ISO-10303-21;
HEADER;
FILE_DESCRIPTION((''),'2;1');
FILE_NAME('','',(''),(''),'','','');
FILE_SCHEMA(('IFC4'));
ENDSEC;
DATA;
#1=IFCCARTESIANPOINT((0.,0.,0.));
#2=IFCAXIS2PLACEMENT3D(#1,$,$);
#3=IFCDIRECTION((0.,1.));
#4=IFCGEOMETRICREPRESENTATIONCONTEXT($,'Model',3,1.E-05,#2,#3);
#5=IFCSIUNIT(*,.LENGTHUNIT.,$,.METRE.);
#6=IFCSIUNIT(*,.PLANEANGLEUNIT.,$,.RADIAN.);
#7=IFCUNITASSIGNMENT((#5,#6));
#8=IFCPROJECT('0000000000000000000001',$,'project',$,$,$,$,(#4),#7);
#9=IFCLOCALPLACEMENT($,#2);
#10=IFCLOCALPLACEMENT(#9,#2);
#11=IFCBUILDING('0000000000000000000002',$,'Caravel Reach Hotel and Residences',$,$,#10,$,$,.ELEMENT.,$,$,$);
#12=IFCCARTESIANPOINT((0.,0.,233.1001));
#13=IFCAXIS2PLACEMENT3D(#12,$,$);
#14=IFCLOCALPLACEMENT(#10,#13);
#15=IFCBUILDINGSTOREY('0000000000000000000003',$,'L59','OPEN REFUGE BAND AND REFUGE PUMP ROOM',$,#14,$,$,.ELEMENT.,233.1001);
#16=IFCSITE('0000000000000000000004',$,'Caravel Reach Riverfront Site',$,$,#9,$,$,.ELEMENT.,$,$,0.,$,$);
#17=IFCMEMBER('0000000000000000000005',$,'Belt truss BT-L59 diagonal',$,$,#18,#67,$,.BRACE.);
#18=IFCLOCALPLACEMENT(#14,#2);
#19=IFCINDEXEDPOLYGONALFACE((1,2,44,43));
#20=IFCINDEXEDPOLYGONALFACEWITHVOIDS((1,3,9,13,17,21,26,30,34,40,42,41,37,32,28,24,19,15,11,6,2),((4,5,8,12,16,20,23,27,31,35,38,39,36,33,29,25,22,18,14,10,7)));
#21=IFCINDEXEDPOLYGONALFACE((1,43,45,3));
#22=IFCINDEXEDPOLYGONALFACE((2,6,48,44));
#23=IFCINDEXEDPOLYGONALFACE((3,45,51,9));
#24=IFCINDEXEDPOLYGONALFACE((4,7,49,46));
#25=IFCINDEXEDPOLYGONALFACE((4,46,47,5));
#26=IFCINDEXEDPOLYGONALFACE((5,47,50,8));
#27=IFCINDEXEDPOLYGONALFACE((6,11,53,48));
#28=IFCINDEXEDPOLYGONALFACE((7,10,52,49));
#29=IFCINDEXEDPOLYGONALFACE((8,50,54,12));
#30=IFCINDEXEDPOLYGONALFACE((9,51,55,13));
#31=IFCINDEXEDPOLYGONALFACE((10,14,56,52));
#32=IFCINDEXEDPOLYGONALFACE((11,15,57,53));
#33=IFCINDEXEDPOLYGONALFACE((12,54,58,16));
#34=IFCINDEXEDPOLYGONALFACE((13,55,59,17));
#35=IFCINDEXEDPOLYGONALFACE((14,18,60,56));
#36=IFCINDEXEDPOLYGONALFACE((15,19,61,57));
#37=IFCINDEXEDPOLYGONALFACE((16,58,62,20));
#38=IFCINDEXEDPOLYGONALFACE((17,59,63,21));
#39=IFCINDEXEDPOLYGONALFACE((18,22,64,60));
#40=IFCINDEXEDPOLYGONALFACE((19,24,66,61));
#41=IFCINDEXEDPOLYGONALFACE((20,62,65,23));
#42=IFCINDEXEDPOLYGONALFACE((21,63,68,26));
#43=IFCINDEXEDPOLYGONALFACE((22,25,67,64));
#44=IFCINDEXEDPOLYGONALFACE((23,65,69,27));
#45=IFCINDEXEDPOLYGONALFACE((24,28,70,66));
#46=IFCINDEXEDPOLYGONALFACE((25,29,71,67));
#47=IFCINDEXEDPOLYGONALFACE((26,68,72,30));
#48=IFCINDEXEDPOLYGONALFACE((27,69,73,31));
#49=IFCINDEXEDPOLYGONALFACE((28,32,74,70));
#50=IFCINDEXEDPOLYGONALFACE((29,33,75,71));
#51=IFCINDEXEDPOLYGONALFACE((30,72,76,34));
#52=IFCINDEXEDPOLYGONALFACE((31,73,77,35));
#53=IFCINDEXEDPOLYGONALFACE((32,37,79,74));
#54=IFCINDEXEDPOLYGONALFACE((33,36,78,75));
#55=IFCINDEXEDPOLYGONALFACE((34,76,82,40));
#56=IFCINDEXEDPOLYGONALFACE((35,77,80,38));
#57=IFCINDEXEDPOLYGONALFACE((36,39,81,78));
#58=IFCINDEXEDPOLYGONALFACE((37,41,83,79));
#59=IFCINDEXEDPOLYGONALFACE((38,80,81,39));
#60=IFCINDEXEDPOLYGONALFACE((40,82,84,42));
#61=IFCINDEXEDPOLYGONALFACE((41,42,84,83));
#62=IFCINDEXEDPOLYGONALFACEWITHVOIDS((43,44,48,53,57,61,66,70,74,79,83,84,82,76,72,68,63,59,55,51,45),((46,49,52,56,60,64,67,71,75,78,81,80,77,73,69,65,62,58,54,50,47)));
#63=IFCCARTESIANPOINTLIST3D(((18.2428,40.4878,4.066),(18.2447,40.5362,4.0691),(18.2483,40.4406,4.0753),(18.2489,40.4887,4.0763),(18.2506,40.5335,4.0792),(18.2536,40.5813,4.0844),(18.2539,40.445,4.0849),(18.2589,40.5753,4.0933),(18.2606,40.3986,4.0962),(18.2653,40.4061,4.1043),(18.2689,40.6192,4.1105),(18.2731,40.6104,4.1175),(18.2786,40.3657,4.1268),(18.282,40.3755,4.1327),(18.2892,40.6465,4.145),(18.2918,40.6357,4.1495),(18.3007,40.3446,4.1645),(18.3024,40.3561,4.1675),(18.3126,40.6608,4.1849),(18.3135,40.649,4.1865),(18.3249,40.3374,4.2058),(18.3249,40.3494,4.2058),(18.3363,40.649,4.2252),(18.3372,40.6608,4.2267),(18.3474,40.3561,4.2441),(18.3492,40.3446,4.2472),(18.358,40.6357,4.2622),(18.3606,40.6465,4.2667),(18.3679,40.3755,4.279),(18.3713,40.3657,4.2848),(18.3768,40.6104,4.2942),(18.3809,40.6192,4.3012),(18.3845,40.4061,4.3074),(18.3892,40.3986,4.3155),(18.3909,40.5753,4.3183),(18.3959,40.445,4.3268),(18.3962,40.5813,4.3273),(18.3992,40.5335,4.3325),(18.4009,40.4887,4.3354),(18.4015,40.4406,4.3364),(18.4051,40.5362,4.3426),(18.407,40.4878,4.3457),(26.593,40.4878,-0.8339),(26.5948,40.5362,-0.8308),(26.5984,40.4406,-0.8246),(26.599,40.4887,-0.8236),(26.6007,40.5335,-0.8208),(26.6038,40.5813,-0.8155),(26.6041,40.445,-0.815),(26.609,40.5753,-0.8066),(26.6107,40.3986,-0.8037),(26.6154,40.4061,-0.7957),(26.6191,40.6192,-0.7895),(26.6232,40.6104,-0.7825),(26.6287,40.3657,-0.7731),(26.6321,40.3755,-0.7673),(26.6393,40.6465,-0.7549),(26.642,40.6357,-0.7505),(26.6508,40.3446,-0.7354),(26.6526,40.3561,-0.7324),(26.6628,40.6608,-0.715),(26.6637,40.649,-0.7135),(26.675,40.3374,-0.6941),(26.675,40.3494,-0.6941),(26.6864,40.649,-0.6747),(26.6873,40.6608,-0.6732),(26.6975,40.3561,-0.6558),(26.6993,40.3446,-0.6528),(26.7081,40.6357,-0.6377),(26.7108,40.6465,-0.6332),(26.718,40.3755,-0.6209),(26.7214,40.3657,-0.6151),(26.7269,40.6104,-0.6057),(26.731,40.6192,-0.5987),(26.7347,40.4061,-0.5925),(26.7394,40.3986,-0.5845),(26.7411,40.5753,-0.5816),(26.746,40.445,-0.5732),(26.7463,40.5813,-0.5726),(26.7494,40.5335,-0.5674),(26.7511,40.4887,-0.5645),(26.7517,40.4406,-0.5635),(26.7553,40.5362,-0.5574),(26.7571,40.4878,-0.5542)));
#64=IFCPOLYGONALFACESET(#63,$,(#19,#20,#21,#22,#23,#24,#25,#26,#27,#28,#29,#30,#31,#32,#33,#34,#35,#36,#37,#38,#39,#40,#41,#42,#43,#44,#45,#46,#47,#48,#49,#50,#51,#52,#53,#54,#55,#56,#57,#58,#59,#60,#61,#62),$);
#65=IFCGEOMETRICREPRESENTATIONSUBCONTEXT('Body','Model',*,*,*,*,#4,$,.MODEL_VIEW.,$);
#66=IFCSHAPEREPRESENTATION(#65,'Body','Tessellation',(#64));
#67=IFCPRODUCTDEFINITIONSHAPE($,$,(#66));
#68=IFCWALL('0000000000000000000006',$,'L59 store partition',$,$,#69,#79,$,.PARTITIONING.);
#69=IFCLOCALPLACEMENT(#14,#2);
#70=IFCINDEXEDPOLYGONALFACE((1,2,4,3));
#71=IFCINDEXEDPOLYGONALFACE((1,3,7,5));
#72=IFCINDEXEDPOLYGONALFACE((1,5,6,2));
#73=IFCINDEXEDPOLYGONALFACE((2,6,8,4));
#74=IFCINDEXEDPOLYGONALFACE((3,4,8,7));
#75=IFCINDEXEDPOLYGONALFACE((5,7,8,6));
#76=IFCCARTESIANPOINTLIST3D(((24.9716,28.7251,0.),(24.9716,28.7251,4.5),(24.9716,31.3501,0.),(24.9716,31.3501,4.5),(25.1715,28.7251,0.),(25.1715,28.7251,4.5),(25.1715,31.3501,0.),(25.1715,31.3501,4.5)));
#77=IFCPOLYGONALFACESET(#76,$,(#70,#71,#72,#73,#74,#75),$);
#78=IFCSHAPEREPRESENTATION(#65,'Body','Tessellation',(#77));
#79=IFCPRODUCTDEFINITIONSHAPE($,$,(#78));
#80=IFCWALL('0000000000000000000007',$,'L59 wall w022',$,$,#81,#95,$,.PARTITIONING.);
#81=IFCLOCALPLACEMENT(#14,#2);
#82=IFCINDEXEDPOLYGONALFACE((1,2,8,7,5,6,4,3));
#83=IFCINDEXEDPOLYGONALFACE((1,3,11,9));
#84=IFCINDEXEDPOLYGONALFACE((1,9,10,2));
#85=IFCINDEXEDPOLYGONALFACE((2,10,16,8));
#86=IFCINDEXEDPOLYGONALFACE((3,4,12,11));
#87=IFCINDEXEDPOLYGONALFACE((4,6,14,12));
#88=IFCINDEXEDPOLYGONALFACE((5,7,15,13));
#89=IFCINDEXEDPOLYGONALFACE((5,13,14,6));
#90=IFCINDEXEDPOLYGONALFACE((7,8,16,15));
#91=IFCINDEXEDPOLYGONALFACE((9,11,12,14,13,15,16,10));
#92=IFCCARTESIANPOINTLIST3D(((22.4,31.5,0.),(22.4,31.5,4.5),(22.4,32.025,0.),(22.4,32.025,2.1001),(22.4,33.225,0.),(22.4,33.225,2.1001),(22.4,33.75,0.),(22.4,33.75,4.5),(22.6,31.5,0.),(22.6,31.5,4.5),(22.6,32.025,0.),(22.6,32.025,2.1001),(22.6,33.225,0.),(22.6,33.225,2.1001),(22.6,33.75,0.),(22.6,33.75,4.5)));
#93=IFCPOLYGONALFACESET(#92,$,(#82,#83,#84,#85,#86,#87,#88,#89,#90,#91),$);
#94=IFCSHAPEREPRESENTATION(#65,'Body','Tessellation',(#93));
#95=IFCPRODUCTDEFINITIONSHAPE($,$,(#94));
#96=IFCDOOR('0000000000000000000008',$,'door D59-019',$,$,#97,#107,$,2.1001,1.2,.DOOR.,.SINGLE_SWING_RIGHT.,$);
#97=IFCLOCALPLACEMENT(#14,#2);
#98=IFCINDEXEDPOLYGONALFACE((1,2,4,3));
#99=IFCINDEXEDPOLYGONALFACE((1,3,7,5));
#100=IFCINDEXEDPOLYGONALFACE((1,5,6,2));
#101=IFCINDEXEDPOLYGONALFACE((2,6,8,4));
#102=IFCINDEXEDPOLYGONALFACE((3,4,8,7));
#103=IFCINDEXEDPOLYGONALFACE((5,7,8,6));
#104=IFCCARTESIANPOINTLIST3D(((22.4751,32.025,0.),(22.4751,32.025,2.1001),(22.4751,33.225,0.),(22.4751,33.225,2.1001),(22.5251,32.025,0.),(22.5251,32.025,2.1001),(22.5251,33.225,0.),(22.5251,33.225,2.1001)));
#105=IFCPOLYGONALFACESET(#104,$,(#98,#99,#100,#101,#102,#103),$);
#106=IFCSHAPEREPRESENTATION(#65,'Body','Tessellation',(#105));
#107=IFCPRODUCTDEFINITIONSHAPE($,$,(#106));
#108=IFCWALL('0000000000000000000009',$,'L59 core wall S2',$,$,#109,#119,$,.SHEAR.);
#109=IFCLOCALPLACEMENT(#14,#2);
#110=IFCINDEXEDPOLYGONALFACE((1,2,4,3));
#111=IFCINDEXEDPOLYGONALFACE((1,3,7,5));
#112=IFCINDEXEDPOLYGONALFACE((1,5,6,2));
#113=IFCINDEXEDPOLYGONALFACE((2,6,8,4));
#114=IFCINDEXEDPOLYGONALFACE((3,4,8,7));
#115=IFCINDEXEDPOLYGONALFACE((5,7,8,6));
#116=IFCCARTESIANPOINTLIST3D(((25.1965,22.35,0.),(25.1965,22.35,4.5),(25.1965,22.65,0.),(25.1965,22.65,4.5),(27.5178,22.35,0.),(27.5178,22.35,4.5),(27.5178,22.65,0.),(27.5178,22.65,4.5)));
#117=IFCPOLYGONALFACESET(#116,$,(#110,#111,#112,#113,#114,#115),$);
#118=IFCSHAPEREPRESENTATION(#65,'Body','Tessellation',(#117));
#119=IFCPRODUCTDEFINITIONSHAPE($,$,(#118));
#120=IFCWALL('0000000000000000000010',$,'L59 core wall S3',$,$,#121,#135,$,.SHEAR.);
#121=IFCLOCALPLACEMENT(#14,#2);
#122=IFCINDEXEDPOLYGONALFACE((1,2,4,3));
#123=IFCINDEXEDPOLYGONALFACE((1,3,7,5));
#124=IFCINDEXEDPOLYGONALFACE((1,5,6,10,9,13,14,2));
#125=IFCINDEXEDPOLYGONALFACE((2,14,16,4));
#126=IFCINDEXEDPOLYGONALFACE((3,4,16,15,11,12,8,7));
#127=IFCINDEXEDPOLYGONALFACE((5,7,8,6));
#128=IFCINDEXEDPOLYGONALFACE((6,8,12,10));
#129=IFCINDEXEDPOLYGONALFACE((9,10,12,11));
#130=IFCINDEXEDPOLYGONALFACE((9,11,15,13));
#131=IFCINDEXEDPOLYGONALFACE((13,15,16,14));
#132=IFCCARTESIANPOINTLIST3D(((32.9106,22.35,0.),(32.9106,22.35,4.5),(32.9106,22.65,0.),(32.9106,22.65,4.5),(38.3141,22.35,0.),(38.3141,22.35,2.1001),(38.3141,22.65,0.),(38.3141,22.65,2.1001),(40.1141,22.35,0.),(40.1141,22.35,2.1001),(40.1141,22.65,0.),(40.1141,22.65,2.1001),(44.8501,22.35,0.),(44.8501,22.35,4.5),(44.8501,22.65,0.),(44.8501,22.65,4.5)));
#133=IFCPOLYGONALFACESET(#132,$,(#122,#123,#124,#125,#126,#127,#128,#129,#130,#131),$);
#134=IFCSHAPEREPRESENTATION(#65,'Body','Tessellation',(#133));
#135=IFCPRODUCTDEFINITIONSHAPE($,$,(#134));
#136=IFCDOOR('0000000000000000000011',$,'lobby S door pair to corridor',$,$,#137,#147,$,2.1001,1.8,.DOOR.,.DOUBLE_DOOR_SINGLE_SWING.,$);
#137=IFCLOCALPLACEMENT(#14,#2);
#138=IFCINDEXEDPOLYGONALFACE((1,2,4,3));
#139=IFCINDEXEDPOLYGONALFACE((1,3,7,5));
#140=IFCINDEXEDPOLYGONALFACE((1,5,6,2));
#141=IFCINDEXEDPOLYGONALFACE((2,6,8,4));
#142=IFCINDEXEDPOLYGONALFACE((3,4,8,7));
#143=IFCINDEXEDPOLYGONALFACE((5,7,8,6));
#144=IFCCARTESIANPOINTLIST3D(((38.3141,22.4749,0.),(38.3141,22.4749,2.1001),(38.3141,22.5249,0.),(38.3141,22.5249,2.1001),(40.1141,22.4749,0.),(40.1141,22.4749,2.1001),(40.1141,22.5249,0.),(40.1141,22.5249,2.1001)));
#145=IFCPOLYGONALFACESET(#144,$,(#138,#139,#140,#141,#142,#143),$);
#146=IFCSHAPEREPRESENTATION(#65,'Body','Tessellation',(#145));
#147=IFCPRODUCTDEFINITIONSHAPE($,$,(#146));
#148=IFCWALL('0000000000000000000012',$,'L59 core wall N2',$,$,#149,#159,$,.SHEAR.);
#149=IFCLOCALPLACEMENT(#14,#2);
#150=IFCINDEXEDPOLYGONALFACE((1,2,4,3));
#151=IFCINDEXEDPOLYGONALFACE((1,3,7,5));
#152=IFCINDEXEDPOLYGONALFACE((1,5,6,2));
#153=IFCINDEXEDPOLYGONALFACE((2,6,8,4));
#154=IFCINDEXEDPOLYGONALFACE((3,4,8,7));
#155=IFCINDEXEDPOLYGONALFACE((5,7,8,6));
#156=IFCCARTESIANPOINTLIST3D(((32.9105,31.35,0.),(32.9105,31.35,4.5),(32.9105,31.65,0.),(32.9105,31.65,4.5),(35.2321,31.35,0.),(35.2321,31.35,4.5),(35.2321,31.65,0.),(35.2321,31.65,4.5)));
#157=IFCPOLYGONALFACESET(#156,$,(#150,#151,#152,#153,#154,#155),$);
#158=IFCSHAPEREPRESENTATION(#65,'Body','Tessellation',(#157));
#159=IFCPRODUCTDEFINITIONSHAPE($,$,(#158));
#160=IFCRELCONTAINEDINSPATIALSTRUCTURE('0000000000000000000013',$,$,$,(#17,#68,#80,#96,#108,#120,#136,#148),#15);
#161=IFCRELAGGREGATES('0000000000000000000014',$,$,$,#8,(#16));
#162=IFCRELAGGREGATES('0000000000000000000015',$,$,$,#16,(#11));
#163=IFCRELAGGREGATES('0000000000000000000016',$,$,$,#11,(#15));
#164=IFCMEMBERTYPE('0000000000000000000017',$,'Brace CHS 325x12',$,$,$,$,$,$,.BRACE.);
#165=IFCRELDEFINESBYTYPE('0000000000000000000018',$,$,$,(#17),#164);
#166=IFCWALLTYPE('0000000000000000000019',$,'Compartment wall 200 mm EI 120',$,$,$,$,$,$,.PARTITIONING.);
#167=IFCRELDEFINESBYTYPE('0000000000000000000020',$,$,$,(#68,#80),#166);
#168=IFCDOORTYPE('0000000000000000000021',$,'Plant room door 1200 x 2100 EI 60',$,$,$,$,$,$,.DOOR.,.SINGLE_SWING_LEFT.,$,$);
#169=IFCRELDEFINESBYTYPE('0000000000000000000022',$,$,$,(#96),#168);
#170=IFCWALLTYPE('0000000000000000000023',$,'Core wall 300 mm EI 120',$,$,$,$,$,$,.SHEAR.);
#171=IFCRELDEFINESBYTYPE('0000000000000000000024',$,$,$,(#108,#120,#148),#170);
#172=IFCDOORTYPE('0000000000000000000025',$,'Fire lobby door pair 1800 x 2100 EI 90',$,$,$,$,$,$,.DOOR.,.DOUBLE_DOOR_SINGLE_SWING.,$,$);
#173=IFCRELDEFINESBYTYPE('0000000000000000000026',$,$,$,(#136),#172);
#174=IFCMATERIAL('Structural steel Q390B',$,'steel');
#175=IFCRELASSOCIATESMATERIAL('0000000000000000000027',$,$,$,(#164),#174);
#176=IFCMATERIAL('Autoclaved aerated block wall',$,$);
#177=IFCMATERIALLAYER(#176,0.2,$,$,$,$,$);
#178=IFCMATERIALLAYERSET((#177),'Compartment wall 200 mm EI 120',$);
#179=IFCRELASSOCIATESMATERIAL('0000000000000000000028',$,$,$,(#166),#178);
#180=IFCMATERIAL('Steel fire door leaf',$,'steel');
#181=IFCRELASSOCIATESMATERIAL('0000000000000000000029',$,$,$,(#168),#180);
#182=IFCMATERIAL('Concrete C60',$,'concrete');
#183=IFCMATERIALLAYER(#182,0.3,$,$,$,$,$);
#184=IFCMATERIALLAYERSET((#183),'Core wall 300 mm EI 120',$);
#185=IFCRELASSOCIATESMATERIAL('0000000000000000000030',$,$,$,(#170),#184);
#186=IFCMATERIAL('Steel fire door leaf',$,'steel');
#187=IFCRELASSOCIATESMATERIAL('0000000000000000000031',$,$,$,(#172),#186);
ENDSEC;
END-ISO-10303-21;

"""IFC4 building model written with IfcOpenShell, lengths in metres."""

from ifc_helpers import new_model, si_unit, direction, frame, frame_2d, origin, origin_2d, place, context, subcontext, project, spatial, rectangle, hollow_circle, extrude, material, layer, layer_set, material_profile, profile_set, type_object, element, fill, save


model = new_model("IFC4")

# Units and contexts
model_context = context("Model", 3, precision=1e-05, world=origin(), true_north=direction((0.0, 1.0)))
body_context = subcontext(model_context, "Body", "Model", "MODEL_VIEW")
ifc_project = project(units=[si_unit("LENGTHUNIT", "METRE"), si_unit("PLANEANGLEUNIT", "RADIAN")], contexts=[model_context])

# Site, building, storey
site_placement = place(None, origin())
site = spatial("IfcSite", under=ifc_project, at=site_placement, Name="Caravel Reach Riverfront Site", CompositionType="ELEMENT", RefElevation=0.0)
building_placement = place(site_placement, origin())
building = spatial("IfcBuilding", under=site, at=building_placement, Name="Caravel Reach Hotel and Residences", CompositionType="ELEMENT")
storey_placement = place(building_placement, frame((0.0, 0.0, 233.1001)))
storey = spatial("IfcBuildingStorey", under=building, at=storey_placement, Name="L59", Description="OPEN REFUGE BAND AND REFUGE PUMP ROOM", CompositionType="ELEMENT", Elevation=233.1001)

# Member
ifc_material_1 = material(Name="Structural steel Q390B", Category="steel")
ifc_material_profile_1 = material_profile(ifc_material_1, hollow_circle(Radius=0.1626, WallThickness=0.012, at=origin_2d()), Name="CHS 325x12")
ifc_profile_set_1 = profile_set([ifc_material_profile_1], Name="Structural steel Q390B")
member_type = type_object("IfcMemberType", Name="Brace CHS 325x12", PredefinedType="BRACE", material=ifc_profile_set_1)
for number, where, z_axis, x_axis, name in (
    (1, (26.675, 40.5, -0.6941), (-0.862472, 0.0, 0.506105), (0.0, -1.0, 0.0), "Belt truss BT-L59 diagonal"),
):
    element("IfcMember", number, at=place(storey_placement, frame(where, z_axis=z_axis, x_axis=x_axis)), inside=storey, type_object=member_type, Name=name, PredefinedType="BRACE", context=body_context, shape_type="SweptSolid", body=[
        extrude(hollow_circle(Radius=0.1626, WallThickness=0.012, at=origin_2d()), origin(), (0.0, 0.0, 1.0), 9.6816),
    ])

# Wall
ifc_material_2 = material(Name="Autoclaved aerated block wall")
ifc_layer_1 = layer(ifc_material_2, 0.2)
ifc_layer_set_1 = layer_set([ifc_layer_1], Name="Compartment wall 200 mm EI 120")
wall_type_1 = type_object("IfcWallType", Name="Compartment wall 200 mm EI 120", PredefinedType="PARTITIONING", material=ifc_layer_set_1)
wall_1_placement = place(storey_placement, frame((25.0715, 28.7251, 0.0), z_axis=(0.0, 0.0, 1.0), x_axis=(0.0, 1.0, 0.0)))
element("IfcWall", 2, at=wall_1_placement, inside=storey, type_object=wall_type_1, Name="L59 store partition", PredefinedType="PARTITIONING", context=body_context, shape_type="SweptSolid", body=[
    extrude(rectangle(XDim=2.625, YDim=0.2, at=frame_2d((1.3125, 0.0))), origin(), (0.0, 0.0, 1.0), 4.5),
])

# Wall, opening, door
wall_2_placement = place(storey_placement, frame((22.5, 31.5, 0.0), z_axis=(0.0, 0.0, 1.0), x_axis=(0.0, 1.0, 0.0)))
wall_2 = element("IfcWall", 3, at=wall_2_placement, inside=storey, type_object=wall_type_1, Name="L59 wall w022", PredefinedType="PARTITIONING", context=body_context, shape_type="SweptSolid", body=[
    extrude(rectangle(XDim=2.25, YDim=0.2, at=frame_2d((1.125, 0.0))), origin(), (0.0, 0.0, 1.0), 4.5),
])
opening_1_placement = place(wall_2_placement, frame((0.5249, 0.0, 0.0)))
opening_1 = element("IfcOpeningElement", 4, at=opening_1_placement, cuts=wall_2, PredefinedType="OPENING", context=body_context, shape_type="SweptSolid", body=[
    extrude(rectangle(XDim=1.2, YDim=2.1001, at=frame_2d((0.6001, 1.05))), frame((0.0, 0.1099, 0.0), z_axis=(0.0, -1.0, 0.0), x_axis=(1.0, 0.0, 0.0)), (0.0, 0.0, 1.0), 0.22),
])
ifc_material_3 = material(Name="Steel fire door leaf", Category="steel")
door_type_1 = type_object("IfcDoorType", Name="Plant room door 1200 x 2100 EI 60", OperationType="SINGLE_SWING_LEFT", PredefinedType="DOOR", material=ifc_material_3)
door_1_placement = place(opening_1_placement, origin())
door_1 = element("IfcDoor", 5, at=door_1_placement, inside=storey, type_object=door_type_1, Name="door D59-019", OperationType="SINGLE_SWING_RIGHT", OverallHeight=2.1001, OverallWidth=1.2, PredefinedType="DOOR", context=body_context, shape_type="SweptSolid", body=[
    extrude(rectangle(XDim=1.2, YDim=2.1001, at=frame_2d((0.6001, 1.05))), frame((0.0, 0.0249, 0.0), z_axis=(0.0, -1.0, 0.0), x_axis=(1.0, 0.0, 0.0)), (0.0, 0.0, 1.0), 0.05),
])
fill(opening_1, door_1)

# Wall
ifc_material_4 = material(Name="Concrete C60", Category="concrete")
ifc_layer_2 = layer(ifc_material_4, 0.3)
ifc_layer_set_2 = layer_set([ifc_layer_2], Name="Core wall 300 mm EI 120")
wall_type_2 = type_object("IfcWallType", Name="Core wall 300 mm EI 120", PredefinedType="SHEAR", material=ifc_layer_set_2)
wall_3_placement = place(storey_placement, frame((25.1965, 22.5, 0.0), z_axis=(0.0, 0.0, 1.0), x_axis=(1.0, 0.0, 0.0)))
element("IfcWall", 6, at=wall_3_placement, inside=storey, type_object=wall_type_2, Name="L59 core wall S2", PredefinedType="SHEAR", context=body_context, shape_type="SweptSolid", body=[
    extrude(rectangle(XDim=2.3213, YDim=0.3, at=frame_2d((1.1606, 0.0))), origin(), (0.0, 0.0, 1.0), 4.5),
])

# Wall, opening, door
wall_4_placement = place(storey_placement, frame((32.9106, 22.5, 0.0), z_axis=(0.0, 0.0, 1.0), x_axis=(1.0, 0.0, 0.0)))
wall_4 = element("IfcWall", 7, at=wall_4_placement, inside=storey, type_object=wall_type_2, Name="L59 core wall S3", PredefinedType="SHEAR", context=body_context, shape_type="SweptSolid", body=[
    extrude(rectangle(XDim=11.9395, YDim=0.3, at=frame_2d((5.9697, 0.0))), origin(), (0.0, 0.0, 1.0), 4.5),
])
opening_2_placement = place(wall_4_placement, frame((5.4036, 0.0, 0.0)))
opening_2 = element("IfcOpeningElement", 8, at=opening_2_placement, cuts=wall_4, PredefinedType="OPENING", context=body_context, shape_type="SweptSolid", body=[
    extrude(rectangle(XDim=1.8, YDim=2.1001, at=frame_2d((0.8999, 1.05))), frame((0.0, 0.1599, 0.0), z_axis=(0.0, -1.0, 0.0), x_axis=(1.0, 0.0, 0.0)), (0.0, 0.0, 1.0), 0.3201),
])
ifc_material_5 = material(Name="Steel fire door leaf", Category="steel")
door_type_2 = type_object("IfcDoorType", Name="Fire lobby door pair 1800 x 2100 EI 90", OperationType="DOUBLE_DOOR_SINGLE_SWING", PredefinedType="DOOR", material=ifc_material_5)
door_2_placement = place(opening_2_placement, origin())
door_2 = element("IfcDoor", 9, at=door_2_placement, inside=storey, type_object=door_type_2, Name="lobby S door pair to corridor", OperationType="DOUBLE_DOOR_SINGLE_SWING", OverallHeight=2.1001, OverallWidth=1.8, PredefinedType="DOOR", context=body_context, shape_type="SweptSolid", body=[
    extrude(rectangle(XDim=1.8, YDim=2.1001, at=frame_2d((0.8999, 1.05))), frame((0.0, 0.0249, 0.0), z_axis=(0.0, -1.0, 0.0), x_axis=(1.0, 0.0, 0.0)), (0.0, 0.0, 1.0), 0.05),
])
fill(opening_2, door_2)

# Wall
wall_5_placement = place(storey_placement, frame((32.9106, 31.5, 0.0), z_axis=(0.0, 0.0, 1.0), x_axis=(1.0, 0.0, 0.0)))
element("IfcWall", 10, at=wall_5_placement, inside=storey, type_object=wall_type_2, Name="L59 core wall N2", PredefinedType="SHEAR", context=body_context, shape_type="SweptSolid", body=[
    extrude(rectangle(XDim=2.3215, YDim=0.3, at=frame_2d((1.1606, 0.0))), origin(), (0.0, 0.0, 1.0), 4.5),
])

save(model, "model.ifc")
